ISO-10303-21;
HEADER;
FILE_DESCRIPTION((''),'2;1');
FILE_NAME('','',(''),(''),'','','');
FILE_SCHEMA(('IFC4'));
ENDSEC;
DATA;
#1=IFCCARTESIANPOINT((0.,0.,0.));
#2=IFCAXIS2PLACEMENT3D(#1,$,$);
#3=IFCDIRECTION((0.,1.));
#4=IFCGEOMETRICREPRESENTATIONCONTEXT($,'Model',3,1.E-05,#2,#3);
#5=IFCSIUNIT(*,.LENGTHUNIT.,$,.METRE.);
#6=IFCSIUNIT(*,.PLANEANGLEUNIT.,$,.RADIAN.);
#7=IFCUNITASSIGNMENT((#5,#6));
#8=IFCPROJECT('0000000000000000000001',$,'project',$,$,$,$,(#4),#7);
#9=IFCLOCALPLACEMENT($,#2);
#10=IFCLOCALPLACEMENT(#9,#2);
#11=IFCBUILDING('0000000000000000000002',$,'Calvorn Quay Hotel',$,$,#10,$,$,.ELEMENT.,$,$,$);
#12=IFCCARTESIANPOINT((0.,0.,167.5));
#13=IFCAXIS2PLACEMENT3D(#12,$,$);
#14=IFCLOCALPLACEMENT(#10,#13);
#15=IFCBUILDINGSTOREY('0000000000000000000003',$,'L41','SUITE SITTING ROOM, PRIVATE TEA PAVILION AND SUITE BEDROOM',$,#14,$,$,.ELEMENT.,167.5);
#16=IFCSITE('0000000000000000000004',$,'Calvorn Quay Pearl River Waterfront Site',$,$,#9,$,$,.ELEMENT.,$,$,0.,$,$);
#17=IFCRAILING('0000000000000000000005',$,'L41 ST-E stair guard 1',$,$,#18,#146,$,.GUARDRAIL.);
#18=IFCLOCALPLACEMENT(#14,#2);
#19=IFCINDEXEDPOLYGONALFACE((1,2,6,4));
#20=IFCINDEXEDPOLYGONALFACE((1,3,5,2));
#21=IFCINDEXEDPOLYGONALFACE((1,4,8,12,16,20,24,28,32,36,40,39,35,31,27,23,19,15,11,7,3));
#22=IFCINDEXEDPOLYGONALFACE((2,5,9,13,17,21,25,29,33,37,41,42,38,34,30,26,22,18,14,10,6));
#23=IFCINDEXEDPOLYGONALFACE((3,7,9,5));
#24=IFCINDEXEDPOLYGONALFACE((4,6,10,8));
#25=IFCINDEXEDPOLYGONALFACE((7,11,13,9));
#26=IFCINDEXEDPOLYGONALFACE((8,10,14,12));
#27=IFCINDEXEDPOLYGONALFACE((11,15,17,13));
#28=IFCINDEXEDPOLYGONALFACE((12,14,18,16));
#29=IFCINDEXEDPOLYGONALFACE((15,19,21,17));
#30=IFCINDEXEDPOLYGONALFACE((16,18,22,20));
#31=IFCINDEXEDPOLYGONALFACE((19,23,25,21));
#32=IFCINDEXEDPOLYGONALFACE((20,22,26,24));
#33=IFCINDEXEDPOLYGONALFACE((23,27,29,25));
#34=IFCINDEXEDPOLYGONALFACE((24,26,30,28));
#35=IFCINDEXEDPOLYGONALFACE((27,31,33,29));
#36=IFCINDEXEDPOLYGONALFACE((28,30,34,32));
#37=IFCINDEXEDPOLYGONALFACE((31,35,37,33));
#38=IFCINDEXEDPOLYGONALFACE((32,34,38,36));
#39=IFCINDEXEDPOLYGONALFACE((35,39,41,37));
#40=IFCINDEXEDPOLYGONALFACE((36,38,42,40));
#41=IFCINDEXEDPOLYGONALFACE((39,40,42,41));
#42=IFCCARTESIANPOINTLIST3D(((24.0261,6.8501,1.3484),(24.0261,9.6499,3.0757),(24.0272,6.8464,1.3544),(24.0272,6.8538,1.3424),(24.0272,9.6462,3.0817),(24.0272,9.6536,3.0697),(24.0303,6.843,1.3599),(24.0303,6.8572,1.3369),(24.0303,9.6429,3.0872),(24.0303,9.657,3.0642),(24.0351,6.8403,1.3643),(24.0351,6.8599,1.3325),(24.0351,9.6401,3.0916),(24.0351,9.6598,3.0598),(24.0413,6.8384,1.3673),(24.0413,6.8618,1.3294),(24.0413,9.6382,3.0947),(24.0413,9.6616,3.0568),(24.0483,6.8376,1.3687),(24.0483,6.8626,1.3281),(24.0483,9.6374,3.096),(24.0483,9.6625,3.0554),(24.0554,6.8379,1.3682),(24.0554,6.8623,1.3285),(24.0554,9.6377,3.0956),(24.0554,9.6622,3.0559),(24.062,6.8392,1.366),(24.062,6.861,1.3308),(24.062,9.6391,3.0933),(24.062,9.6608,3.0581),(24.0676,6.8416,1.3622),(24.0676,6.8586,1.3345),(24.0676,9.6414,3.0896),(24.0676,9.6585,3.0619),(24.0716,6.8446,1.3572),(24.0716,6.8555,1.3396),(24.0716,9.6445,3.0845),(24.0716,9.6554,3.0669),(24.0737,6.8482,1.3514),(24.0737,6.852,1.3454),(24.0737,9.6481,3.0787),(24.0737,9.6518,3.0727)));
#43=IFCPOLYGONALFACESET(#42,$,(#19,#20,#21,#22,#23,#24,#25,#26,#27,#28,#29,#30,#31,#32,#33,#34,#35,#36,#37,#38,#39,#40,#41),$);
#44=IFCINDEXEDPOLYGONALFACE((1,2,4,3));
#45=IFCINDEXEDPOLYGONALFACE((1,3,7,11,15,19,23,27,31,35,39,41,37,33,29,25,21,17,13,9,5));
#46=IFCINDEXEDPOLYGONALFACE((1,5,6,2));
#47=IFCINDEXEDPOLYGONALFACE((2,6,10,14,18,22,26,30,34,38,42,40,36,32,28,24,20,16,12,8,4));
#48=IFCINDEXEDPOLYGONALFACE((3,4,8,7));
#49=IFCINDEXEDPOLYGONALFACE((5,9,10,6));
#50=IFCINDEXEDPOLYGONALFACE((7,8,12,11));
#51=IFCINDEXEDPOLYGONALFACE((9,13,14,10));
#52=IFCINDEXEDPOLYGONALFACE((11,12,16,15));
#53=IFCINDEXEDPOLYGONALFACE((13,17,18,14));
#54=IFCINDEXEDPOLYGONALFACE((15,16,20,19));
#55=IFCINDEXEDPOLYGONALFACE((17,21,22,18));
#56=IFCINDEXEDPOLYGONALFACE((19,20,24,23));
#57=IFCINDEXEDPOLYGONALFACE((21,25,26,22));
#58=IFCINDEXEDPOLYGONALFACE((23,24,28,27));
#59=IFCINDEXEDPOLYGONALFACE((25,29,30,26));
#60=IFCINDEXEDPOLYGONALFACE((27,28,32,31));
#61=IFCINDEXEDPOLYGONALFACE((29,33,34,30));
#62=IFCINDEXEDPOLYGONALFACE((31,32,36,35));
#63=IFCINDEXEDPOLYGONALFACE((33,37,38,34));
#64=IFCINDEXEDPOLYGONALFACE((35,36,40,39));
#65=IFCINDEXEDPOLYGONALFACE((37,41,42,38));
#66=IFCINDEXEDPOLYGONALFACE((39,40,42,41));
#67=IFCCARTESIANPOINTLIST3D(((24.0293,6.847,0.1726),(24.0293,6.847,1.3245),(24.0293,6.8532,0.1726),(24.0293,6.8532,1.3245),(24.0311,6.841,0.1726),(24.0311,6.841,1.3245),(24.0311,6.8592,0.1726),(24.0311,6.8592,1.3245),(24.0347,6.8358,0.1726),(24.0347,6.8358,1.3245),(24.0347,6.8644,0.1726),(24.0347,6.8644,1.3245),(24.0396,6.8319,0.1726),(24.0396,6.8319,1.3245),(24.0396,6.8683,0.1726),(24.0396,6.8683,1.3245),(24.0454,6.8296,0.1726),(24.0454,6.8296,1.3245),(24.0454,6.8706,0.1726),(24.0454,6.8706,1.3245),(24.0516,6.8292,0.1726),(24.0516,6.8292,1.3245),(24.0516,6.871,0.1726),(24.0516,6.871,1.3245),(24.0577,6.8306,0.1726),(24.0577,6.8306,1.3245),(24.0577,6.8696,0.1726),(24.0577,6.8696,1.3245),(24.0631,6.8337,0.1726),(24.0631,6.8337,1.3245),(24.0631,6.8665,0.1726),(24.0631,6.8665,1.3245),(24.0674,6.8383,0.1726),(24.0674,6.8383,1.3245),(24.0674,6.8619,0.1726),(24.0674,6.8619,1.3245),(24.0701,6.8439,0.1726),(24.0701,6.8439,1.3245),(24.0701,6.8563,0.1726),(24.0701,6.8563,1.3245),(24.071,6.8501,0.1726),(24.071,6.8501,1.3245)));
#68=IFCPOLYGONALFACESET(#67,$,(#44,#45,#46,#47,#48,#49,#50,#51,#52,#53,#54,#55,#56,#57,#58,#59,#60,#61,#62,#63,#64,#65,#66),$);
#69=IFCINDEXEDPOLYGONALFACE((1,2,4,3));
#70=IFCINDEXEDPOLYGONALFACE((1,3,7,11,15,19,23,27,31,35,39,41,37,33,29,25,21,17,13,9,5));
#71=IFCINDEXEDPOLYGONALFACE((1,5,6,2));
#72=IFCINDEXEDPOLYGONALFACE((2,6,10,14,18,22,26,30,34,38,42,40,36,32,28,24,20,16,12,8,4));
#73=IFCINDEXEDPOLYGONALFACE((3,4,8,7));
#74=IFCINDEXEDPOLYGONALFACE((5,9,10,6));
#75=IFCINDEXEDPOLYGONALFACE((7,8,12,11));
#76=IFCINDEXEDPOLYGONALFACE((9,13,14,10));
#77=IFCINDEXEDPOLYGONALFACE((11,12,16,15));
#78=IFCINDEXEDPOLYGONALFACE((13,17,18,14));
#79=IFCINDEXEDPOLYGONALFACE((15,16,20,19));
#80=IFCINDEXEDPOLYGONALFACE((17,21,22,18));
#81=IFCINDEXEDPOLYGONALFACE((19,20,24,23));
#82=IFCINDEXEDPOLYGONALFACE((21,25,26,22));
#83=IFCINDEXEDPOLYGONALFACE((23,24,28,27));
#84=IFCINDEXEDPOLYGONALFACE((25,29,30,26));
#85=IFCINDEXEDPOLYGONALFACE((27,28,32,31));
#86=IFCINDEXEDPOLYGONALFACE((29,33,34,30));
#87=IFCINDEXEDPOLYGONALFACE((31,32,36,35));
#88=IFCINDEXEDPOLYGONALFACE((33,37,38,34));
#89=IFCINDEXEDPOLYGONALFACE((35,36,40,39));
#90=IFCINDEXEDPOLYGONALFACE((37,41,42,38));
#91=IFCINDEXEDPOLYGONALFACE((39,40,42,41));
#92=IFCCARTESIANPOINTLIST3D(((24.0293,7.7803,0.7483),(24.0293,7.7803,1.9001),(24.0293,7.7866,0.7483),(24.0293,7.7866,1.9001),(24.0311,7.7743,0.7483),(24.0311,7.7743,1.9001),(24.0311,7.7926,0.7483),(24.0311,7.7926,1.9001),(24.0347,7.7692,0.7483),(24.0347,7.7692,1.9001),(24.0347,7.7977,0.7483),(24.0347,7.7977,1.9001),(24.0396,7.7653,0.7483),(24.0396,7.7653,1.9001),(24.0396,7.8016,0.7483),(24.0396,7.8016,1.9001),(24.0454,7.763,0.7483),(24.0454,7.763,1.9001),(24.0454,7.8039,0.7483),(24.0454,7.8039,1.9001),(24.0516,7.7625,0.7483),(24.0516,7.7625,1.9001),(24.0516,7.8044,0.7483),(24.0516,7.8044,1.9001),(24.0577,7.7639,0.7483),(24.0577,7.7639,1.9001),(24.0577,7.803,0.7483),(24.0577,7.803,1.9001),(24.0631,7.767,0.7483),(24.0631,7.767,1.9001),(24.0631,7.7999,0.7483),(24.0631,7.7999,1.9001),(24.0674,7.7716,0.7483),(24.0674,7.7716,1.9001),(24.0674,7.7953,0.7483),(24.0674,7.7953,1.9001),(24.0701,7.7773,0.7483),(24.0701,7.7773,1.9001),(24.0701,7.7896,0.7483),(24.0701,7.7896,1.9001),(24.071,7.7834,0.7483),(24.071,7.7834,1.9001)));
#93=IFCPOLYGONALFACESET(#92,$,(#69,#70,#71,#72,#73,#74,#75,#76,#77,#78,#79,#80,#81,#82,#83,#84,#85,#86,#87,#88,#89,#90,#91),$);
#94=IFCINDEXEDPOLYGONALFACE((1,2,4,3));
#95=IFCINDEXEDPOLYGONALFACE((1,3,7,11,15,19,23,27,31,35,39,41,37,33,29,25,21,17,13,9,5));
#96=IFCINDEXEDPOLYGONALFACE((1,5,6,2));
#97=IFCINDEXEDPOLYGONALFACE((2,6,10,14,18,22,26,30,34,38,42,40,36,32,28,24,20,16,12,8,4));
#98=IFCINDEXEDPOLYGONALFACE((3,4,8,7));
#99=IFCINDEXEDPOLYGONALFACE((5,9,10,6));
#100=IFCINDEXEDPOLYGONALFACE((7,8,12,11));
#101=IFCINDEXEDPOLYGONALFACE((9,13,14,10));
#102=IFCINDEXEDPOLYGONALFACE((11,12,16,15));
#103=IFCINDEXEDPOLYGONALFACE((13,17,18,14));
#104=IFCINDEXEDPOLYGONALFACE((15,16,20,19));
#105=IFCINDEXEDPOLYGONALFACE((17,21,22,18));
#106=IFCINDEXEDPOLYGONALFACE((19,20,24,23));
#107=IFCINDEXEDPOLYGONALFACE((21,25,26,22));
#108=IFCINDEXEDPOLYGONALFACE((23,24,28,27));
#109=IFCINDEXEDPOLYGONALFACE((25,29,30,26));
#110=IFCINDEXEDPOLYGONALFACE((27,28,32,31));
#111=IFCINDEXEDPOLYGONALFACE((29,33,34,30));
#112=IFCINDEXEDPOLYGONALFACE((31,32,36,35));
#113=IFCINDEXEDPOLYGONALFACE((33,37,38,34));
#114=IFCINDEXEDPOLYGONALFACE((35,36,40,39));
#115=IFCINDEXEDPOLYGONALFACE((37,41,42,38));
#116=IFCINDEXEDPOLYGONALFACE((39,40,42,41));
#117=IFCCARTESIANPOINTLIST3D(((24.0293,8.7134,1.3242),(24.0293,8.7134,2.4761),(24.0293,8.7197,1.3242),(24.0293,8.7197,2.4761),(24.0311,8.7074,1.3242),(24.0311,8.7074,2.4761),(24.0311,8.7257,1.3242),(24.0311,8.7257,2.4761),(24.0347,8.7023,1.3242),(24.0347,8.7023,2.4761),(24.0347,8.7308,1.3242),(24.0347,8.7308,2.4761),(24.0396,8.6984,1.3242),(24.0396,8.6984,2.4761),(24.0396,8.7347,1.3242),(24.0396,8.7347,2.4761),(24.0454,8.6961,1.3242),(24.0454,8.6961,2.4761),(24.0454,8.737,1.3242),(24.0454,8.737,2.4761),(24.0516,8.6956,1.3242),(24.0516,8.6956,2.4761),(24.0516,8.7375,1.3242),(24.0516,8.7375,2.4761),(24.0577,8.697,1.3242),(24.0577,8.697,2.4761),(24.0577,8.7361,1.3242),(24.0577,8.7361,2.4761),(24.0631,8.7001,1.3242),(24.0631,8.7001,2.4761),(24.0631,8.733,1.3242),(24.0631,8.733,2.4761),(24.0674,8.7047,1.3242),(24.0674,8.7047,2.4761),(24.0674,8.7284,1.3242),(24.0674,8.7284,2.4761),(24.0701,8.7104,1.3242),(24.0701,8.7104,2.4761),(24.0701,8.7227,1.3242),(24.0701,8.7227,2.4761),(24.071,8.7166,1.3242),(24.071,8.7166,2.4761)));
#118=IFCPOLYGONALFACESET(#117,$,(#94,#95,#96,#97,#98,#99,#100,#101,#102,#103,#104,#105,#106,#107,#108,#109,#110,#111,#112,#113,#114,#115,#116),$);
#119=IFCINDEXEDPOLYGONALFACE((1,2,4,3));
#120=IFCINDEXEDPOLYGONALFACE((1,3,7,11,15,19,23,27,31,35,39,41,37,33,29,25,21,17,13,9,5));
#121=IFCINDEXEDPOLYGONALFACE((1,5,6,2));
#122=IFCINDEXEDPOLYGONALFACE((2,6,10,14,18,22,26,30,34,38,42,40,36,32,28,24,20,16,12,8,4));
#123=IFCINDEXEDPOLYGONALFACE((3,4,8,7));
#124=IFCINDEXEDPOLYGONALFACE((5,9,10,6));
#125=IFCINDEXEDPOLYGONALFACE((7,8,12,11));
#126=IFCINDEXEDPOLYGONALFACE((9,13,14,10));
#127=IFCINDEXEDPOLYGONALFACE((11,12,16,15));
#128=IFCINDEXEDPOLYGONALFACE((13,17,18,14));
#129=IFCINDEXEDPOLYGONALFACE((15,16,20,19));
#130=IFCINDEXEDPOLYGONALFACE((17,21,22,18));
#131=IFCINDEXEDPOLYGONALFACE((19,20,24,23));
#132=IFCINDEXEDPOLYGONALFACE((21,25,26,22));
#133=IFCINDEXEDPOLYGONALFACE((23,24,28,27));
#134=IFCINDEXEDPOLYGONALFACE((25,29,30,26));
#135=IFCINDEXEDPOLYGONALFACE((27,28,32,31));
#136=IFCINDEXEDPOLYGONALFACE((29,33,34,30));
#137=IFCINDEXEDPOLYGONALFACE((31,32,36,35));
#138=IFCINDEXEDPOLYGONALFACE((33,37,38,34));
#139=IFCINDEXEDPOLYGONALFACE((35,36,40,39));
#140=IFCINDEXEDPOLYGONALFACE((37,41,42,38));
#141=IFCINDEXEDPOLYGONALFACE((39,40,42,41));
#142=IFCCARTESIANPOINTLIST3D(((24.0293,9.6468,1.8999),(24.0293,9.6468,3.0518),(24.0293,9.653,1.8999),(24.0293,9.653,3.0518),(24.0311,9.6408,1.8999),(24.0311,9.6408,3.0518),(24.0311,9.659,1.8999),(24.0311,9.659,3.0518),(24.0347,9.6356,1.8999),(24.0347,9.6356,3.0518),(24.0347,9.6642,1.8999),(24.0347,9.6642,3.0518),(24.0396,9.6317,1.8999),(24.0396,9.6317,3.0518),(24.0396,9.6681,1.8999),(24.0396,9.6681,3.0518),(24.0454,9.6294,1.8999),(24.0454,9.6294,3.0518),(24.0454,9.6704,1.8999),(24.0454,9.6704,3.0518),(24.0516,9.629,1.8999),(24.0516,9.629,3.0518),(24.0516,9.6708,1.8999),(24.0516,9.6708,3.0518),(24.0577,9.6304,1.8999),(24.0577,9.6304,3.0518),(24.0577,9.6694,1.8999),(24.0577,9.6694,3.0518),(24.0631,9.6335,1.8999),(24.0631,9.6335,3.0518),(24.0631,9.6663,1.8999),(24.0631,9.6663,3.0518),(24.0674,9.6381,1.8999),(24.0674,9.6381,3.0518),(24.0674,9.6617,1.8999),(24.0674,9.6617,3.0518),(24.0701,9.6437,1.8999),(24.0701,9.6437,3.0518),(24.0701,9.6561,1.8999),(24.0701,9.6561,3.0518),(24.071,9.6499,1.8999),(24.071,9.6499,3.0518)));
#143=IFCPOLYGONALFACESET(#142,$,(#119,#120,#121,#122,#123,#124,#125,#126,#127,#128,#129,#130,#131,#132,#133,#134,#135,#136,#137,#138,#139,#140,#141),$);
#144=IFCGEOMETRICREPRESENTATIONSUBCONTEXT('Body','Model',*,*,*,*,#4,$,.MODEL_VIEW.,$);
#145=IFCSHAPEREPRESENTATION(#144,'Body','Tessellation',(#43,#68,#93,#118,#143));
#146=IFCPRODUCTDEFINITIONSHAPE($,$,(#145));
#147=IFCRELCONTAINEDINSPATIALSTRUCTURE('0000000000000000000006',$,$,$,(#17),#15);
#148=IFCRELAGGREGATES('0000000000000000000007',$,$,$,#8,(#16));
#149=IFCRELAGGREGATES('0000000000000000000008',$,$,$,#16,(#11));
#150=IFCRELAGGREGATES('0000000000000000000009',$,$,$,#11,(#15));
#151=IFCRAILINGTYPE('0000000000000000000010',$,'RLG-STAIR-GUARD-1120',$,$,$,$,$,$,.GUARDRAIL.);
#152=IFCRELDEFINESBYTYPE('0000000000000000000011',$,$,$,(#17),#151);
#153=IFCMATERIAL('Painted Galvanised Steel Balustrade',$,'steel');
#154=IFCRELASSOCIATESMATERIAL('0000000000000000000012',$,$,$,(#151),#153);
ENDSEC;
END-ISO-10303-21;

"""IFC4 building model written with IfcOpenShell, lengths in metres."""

from ifc_helpers import new_model, si_unit, direction, frame, origin, origin_2d, place, context, subcontext, project, spatial, circle, extrude, material, type_object, element, save


model = new_model("IFC4")

# Units and contexts
model_context = context("Model", 3, precision=1e-05, world=origin(), true_north=direction((0.0, 1.0)))
body_context = subcontext(model_context, "Body", "Model", "MODEL_VIEW")
ifc_project = project(units=[si_unit("LENGTHUNIT", "METRE"), si_unit("PLANEANGLEUNIT", "RADIAN")], contexts=[model_context])

# Site, building, storey
site_placement = place(None, origin())
site = spatial("IfcSite", under=ifc_project, at=site_placement, Name="Calvorn Quay Pearl River Waterfront Site", CompositionType="ELEMENT", RefElevation=0.0)
building_placement = place(site_placement, origin())
building = spatial("IfcBuilding", under=site, at=building_placement, Name="Calvorn Quay Hotel", CompositionType="ELEMENT")
storey_placement = place(building_placement, frame((0.0, 0.0, 167.5)))
storey = spatial("IfcBuildingStorey", under=building, at=storey_placement, Name="L41", Description="SUITE SITTING ROOM, PRIVATE TEA PAVILION AND SUITE BEDROOM", CompositionType="ELEMENT", Elevation=167.5)

# Railing
ifc_material_1 = material(Name="Painted Galvanised Steel Balustrade", Category="steel")
railing_type_1 = type_object("IfcRailingType", Name="RLG-STAIR-GUARD-1120", PredefinedType="GUARDRAIL", material=ifc_material_1)
railing_1_placement = place(storey_placement, frame((24.05, 6.8501, 0.1726)))
element("IfcRailing", 1, at=railing_1_placement, inside=storey, type_object=railing_type_1, Name="L41 ST-E stair guard 1", PredefinedType="GUARDRAIL", context=body_context, shape_type="SweptSolid", body=[
    extrude(circle(Radius=0.0239, at=origin_2d()), frame((0.0, 0.0, 1.1758), z_axis=(0.0, 0.851069, 0.525054), x_axis=(-1.0, 0.0, 0.0)), (0.0, 0.0, 1.0), 3.2898),
    extrude(circle(Radius=0.021, at=origin_2d()), origin(), (0.0, 0.0, 1.0), 1.1519),
    extrude(circle(Radius=0.021, at=origin_2d()), frame((0.0, 0.9333, 0.5757)), (0.0, 0.0, 1.0), 1.1519),
    extrude(circle(Radius=0.021, at=origin_2d()), frame((0.0, 1.8665, 1.1516)), (0.0, 0.0, 1.0), 1.1519),
    extrude(circle(Radius=0.021, at=origin_2d()), frame((0.0, 2.7998, 1.7273)), (0.0, 0.0, 1.0), 1.1519),
])

save(model, "model.ifc")
